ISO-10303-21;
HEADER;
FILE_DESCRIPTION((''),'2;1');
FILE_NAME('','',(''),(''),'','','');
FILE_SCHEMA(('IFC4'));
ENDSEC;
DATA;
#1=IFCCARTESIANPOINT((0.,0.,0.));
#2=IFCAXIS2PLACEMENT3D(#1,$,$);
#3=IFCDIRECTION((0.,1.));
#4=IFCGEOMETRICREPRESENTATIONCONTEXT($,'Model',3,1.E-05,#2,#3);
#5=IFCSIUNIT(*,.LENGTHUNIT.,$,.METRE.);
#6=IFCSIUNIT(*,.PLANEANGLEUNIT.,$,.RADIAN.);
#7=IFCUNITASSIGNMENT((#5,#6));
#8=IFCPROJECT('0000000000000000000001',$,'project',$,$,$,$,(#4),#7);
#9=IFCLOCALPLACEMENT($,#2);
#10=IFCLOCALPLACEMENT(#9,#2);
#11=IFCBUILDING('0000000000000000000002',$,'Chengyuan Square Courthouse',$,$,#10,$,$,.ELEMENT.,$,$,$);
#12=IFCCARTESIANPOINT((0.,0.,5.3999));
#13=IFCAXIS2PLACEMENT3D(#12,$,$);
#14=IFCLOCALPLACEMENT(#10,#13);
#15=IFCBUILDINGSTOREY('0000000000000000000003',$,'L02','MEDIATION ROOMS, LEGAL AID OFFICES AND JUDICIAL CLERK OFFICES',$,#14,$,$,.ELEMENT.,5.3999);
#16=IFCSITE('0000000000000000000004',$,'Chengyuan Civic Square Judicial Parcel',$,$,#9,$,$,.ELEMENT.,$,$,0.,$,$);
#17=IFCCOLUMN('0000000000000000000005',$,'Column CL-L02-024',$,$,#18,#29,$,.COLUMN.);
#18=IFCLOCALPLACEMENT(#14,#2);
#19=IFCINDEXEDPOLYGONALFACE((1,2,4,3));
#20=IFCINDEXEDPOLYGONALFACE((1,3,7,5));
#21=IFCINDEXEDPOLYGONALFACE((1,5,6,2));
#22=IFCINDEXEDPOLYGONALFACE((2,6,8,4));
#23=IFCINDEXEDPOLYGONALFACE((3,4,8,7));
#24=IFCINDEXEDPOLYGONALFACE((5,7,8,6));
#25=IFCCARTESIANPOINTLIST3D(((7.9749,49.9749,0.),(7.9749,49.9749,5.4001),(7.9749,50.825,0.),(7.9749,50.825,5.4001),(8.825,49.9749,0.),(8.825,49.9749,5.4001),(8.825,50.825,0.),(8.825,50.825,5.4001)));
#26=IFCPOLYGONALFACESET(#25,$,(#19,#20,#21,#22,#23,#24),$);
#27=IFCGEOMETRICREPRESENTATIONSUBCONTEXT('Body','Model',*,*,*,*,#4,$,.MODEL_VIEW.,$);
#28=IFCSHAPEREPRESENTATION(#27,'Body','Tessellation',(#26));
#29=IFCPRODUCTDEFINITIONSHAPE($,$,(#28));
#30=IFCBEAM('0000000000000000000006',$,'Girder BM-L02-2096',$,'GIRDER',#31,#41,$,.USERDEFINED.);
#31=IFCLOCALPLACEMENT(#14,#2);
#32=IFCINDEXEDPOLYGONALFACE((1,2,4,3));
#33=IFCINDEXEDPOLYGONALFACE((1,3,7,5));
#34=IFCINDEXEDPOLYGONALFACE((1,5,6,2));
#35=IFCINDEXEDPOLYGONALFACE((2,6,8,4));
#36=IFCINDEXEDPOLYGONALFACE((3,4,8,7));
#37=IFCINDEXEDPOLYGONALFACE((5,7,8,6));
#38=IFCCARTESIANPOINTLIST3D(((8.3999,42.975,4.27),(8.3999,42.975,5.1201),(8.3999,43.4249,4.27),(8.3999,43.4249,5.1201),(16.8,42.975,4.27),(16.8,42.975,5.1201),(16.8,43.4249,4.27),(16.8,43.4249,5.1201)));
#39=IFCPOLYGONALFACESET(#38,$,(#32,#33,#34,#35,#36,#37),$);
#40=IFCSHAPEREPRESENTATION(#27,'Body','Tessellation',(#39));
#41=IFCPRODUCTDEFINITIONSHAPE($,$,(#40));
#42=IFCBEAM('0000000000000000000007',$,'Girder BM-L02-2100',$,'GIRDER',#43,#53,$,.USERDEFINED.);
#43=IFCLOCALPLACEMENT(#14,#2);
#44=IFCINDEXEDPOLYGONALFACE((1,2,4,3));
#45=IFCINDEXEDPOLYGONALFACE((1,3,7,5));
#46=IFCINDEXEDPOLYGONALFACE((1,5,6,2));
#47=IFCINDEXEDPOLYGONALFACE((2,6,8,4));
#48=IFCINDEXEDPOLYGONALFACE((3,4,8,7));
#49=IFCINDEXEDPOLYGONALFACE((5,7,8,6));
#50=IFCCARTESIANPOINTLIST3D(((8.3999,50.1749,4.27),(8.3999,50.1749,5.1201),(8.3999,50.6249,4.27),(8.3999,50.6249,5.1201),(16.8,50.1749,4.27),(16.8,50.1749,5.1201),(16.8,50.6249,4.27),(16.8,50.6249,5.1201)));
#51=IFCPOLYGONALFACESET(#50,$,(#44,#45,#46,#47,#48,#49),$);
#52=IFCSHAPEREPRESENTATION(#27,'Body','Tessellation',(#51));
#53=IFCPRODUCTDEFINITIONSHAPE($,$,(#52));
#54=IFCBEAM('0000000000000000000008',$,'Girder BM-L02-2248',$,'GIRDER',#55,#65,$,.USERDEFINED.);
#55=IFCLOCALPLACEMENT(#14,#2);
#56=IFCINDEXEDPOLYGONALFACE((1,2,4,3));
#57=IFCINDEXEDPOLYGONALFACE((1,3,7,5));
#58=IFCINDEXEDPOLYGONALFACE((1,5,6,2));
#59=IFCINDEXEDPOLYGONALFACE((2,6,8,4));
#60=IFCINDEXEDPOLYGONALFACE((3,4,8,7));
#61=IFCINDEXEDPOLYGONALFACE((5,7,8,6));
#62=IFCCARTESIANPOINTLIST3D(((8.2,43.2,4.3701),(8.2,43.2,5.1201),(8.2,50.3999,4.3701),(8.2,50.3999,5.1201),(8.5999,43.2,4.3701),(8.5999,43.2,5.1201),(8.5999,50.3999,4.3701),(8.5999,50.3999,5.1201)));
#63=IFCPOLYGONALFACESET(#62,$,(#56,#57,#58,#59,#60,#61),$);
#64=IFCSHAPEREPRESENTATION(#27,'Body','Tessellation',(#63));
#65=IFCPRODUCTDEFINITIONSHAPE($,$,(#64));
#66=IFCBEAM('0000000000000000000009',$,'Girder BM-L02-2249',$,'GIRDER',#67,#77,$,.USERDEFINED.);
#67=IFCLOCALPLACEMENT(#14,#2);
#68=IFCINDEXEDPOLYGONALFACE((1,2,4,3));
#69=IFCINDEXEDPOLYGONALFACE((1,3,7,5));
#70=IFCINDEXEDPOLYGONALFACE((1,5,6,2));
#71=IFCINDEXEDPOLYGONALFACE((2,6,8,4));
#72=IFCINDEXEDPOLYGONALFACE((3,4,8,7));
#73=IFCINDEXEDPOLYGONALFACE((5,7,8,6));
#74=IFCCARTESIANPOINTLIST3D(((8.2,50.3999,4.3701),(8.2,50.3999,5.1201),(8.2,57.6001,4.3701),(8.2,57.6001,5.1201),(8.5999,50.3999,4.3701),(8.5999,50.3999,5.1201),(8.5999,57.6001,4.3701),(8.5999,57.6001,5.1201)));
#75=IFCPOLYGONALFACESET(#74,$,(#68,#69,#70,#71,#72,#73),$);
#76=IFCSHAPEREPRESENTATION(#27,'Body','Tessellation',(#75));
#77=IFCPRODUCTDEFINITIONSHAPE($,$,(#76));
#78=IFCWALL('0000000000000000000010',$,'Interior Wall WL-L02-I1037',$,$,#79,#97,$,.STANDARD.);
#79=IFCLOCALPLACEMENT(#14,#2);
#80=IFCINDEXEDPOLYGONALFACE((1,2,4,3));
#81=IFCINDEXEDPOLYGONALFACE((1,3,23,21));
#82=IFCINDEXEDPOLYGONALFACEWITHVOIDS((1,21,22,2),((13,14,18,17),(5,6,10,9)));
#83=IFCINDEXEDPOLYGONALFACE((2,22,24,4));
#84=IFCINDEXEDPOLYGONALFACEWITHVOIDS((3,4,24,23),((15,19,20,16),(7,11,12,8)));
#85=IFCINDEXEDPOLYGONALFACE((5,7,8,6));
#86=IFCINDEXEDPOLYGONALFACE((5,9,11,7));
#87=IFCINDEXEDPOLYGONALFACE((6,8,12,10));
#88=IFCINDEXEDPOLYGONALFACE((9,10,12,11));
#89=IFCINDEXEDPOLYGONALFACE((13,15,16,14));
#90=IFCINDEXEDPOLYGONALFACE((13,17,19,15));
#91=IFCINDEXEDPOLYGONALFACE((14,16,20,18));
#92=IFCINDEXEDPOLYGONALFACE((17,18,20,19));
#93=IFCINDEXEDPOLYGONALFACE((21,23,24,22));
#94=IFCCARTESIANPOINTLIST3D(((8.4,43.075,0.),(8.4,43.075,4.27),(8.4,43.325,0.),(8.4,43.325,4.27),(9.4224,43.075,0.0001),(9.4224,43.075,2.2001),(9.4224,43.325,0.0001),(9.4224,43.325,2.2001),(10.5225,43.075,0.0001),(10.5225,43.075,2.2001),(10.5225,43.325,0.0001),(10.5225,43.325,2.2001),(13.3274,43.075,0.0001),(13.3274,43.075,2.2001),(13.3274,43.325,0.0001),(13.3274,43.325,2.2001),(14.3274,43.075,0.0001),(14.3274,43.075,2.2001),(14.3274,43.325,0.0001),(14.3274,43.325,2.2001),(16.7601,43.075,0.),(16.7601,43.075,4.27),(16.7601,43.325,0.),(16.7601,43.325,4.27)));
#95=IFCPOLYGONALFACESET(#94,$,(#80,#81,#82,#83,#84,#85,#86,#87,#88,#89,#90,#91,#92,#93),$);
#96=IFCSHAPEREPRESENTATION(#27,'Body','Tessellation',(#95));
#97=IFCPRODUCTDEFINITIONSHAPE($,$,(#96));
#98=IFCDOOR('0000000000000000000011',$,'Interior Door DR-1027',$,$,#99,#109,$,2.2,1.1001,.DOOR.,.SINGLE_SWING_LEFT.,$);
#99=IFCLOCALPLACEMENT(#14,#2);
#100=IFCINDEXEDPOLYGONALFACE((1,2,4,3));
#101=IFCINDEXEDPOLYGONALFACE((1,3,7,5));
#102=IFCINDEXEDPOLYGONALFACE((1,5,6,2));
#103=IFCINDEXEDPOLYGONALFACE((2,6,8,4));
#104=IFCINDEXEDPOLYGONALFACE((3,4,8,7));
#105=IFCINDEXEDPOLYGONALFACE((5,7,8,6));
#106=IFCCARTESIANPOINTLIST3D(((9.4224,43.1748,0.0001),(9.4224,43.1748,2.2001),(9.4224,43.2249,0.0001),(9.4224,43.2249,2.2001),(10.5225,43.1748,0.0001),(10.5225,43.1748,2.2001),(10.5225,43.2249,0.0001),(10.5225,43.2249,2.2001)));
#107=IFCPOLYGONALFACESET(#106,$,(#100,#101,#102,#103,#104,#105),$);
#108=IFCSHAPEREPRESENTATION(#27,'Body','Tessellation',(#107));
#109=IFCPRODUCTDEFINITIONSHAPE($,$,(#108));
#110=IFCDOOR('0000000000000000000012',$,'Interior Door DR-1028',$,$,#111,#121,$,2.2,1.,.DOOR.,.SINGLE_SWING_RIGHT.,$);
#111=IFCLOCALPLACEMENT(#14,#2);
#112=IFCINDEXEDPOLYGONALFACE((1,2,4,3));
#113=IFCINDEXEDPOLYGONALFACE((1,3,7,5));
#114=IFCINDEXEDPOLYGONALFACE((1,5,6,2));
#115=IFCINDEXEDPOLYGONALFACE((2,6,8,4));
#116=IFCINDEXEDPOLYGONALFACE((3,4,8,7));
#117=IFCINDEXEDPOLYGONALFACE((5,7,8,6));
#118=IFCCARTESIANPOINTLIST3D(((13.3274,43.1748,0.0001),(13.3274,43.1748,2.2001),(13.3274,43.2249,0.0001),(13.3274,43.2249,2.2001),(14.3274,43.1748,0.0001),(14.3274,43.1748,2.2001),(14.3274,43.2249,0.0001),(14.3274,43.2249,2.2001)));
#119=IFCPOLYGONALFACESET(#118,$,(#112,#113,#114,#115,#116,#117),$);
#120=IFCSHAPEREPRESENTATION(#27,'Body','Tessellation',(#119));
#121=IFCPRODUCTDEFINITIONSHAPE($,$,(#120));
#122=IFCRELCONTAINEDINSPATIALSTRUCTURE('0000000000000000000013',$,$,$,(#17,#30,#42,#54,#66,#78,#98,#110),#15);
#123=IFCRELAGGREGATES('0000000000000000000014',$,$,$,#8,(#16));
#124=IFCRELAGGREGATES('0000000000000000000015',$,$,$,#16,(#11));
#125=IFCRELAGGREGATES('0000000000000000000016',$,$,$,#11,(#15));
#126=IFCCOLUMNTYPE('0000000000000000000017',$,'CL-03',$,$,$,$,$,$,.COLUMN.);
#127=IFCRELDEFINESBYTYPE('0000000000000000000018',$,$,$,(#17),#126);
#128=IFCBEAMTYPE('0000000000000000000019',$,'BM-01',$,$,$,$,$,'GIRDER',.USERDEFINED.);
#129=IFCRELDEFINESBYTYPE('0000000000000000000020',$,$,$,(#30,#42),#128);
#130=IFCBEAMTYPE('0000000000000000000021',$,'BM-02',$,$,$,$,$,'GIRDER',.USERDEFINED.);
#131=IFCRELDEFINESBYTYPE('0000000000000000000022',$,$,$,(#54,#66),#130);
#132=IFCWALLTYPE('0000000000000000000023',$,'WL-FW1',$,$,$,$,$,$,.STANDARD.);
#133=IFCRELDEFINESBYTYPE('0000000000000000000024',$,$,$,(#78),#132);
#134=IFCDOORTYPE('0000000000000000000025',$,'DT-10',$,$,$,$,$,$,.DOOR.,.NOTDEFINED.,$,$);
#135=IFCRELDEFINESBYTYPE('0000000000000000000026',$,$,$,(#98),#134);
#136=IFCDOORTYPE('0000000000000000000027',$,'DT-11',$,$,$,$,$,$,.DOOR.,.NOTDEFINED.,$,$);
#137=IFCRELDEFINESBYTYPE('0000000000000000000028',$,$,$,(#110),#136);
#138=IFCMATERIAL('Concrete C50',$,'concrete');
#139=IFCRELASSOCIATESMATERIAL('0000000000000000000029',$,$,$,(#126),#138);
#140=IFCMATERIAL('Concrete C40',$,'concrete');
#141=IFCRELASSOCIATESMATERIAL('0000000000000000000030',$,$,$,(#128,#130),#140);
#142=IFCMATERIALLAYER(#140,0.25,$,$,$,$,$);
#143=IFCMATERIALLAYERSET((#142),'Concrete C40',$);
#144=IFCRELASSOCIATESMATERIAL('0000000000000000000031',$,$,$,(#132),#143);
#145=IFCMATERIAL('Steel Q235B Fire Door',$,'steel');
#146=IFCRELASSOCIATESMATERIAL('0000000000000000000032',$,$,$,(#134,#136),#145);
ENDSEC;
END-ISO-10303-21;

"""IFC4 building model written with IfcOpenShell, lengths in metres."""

from ifc_helpers import new_model, si_unit, direction, frame, frame_2d, origin, origin_2d, place, context, subcontext, project, spatial, rectangle, extrude, material, layer, layer_set, material_profile, profile_set, type_object, element, fill, save


model = new_model("IFC4")

# Units and contexts
model_context = context("Model", 3, precision=1e-05, world=origin(), true_north=direction((0.0, 1.0)))
body_context = subcontext(model_context, "Body", "Model", "MODEL_VIEW")
ifc_project = project(units=[si_unit("LENGTHUNIT", "METRE"), si_unit("PLANEANGLEUNIT", "RADIAN")], contexts=[model_context])

# Site, building, storey
site_placement = place(None, origin())
site = spatial("IfcSite", under=ifc_project, at=site_placement, Name="Chengyuan Civic Square Judicial Parcel", CompositionType="ELEMENT", RefElevation=0.0)
building_placement = place(site_placement, origin())
building = spatial("IfcBuilding", under=site, at=building_placement, Name="Chengyuan Square Courthouse", CompositionType="ELEMENT")
storey_placement = place(building_placement, frame((0.0, 0.0, 5.3999)))
storey = spatial("IfcBuildingStorey", under=building, at=storey_placement, Name="L02", Description="MEDIATION ROOMS, LEGAL AID OFFICES AND JUDICIAL CLERK OFFICES", CompositionType="ELEMENT", Elevation=5.3999)

# Column
ifc_material_1 = material(Name="Concrete C50", Category="concrete")
ifc_material_profile_1 = material_profile(ifc_material_1, rectangle(XDim=0.8501, YDim=0.8501, at=origin_2d()), Name="RC-COL-850x850")
ifc_profile_set_1 = profile_set([ifc_material_profile_1], Name="Concrete C50")
column_type = type_object("IfcColumnType", Name="CL-03", PredefinedType="COLUMN", material=ifc_profile_set_1)
column_placement = place(storey_placement, frame((8.3999, 50.3999, 0.0), z_axis=(0.0, 0.0, 1.0), x_axis=(1.0, 0.0, 0.0)))
element("IfcColumn", 1, at=column_placement, inside=storey, type_object=column_type, Name="Column CL-L02-024", PredefinedType="COLUMN", context=body_context, shape_type="SweptSolid", body=[
    extrude(rectangle(XDim=0.8501, YDim=0.8501, at=origin_2d()), origin(), (0.0, 0.0, 1.0), 5.4001),
])

# Beams
ifc_material_2 = material(Name="Concrete C40", Category="concrete")
ifc_material_profile_2 = material_profile(ifc_material_2, rectangle(XDim=0.45, YDim=0.8501, at=origin_2d()), Name="RC-BM-450x850")
ifc_profile_set_2 = profile_set([ifc_material_profile_2], Name="Concrete C40")
beam_type_1 = type_object("IfcBeamType", Name="BM-01", ElementType="GIRDER", PredefinedType="USERDEFINED", material=ifc_profile_set_2)
for number, where, z_axis, x_axis, name in (
    (2, (8.3999, 43.2, 4.6951), (1.0, 0.0, 0.0), (0.0, 1.0, 0.0), "Girder BM-L02-2096"),
    (3, (8.3999, 50.3999, 4.6951), (1.0, 0.0, 0.0), (0.0, 1.0, 0.0), "Girder BM-L02-2100"),
):
    element("IfcBeam", number, at=place(storey_placement, frame(where, z_axis=z_axis, x_axis=x_axis)), inside=storey, type_object=beam_type_1, Name=name, ObjectType="GIRDER", PredefinedType="USERDEFINED", context=body_context, shape_type="SweptSolid", body=[
        extrude(rectangle(XDim=0.45, YDim=0.8501, at=origin_2d()), origin(), (0.0, 0.0, 1.0), 8.4001),
    ])
ifc_material_profile_3 = material_profile(ifc_material_2, rectangle(XDim=0.3999, YDim=0.75, at=origin_2d()), Name="RC-BM-400x750")
ifc_profile_set_3 = profile_set([ifc_material_profile_3], Name="Concrete C40")
beam_type_2 = type_object("IfcBeamType", Name="BM-02", ElementType="GIRDER", PredefinedType="USERDEFINED", material=ifc_profile_set_3)
beam_1_placement = place(storey_placement, frame((8.3999, 43.2, 4.7451), z_axis=(0.0, 1.0, 0.0), x_axis=(-1.0, 0.0, 0.0)))
element("IfcBeam", 4, at=beam_1_placement, inside=storey, type_object=beam_type_2, Name="Girder BM-L02-2248", ObjectType="GIRDER", PredefinedType="USERDEFINED", context=body_context, shape_type="SweptSolid", body=[
    extrude(rectangle(XDim=0.3999, YDim=0.75, at=origin_2d()), origin(), (0.0, 0.0, 1.0), 7.2),
])
beam_2_placement = place(storey_placement, frame((8.3999, 50.3999, 4.7451), z_axis=(0.0, 1.0, 0.0), x_axis=(-1.0, 0.0, 0.0)))
element("IfcBeam", 5, at=beam_2_placement, inside=storey, type_object=beam_type_2, Name="Girder BM-L02-2249", ObjectType="GIRDER", PredefinedType="USERDEFINED", context=body_context, shape_type="SweptSolid", body=[
    extrude(rectangle(XDim=0.3999, YDim=0.75, at=origin_2d()), origin(), (0.0, 0.0, 1.0), 7.2002),
])

# Wall, openings, doors
ifc_layer_1 = layer(ifc_material_2, 0.25)
ifc_layer_set_1 = layer_set([ifc_layer_1], Name="Concrete C40")
wall_type_1 = type_object("IfcWallType", Name="WL-FW1", PredefinedType="STANDARD", material=ifc_layer_set_1)
wall_1_placement = place(storey_placement, frame((8.3999, 43.2, 0.0), z_axis=(0.0, 0.0, 1.0), x_axis=(1.0, 0.0, 0.0)))
wall_1 = element("IfcWall", 6, at=wall_1_placement, inside=storey, type_object=wall_type_1, Name="Interior Wall WL-L02-I1037", PredefinedType="STANDARD", context=body_context, shape_type="SweptSolid", body=[
    extrude(rectangle(XDim=8.3601, YDim=0.25, at=frame_2d((4.1802, 0.0))), origin(), (0.0, 0.0, 1.0), 4.27),
])
opening_1_placement = place(wall_1_placement, frame((1.0225, 0.0, 0.0)))
opening_1 = element("IfcOpeningElement", 7, at=opening_1_placement, cuts=wall_1, PredefinedType="OPENING", context=body_context, shape_type="SweptSolid", body=[
    extrude(rectangle(XDim=1.1001, YDim=2.2, at=frame_2d((0.55, 1.1001))), frame((0.0, 0.137, 0.0), z_axis=(0.0, -1.0, 0.0), x_axis=(1.0, 0.0, 0.0)), (0.0, 0.0, 1.0), 0.2739),
])
opening_2_placement = place(wall_1_placement, frame((4.9275, 0.0, 0.0)))
opening_2 = element("IfcOpeningElement", 8, at=opening_2_placement, cuts=wall_1, PredefinedType="OPENING", context=body_context, shape_type="SweptSolid", body=[
    extrude(rectangle(XDim=1.0, YDim=2.2, at=frame_2d((0.5, 1.1001))), frame((0.0, 0.137, 0.0), z_axis=(0.0, -1.0, 0.0), x_axis=(1.0, 0.0, 0.0)), (0.0, 0.0, 1.0), 0.2739),
])
ifc_material_3 = material(Name="Steel Q235B Fire Door", Category="steel")
door_type_1 = type_object("IfcDoorType", Name="DT-10", OperationType="NOTDEFINED", PredefinedType="DOOR", material=ifc_material_3)
door_1_placement = place(opening_1_placement, origin())
door_1 = element("IfcDoor", 9, at=door_1_placement, inside=storey, type_object=door_type_1, Name="Interior Door DR-1027", OperationType="SINGLE_SWING_LEFT", OverallHeight=2.2, OverallWidth=1.1001, PredefinedType="DOOR", context=body_context, shape_type="SweptSolid", body=[
    extrude(rectangle(XDim=1.1001, YDim=2.2, at=frame_2d((0.55, 1.1001))), frame((0.0, 0.0249, 0.0), z_axis=(0.0, -1.0, 0.0), x_axis=(1.0, 0.0, 0.0)), (0.0, 0.0, 1.0), 0.05),
])
fill(opening_1, door_1)
door_type_2 = type_object("IfcDoorType", Name="DT-11", OperationType="NOTDEFINED", PredefinedType="DOOR", material=ifc_material_3)
door_2_placement = place(opening_2_placement, origin())
door_2 = element("IfcDoor", 10, at=door_2_placement, inside=storey, type_object=door_type_2, Name="Interior Door DR-1028", OperationType="SINGLE_SWING_RIGHT", OverallHeight=2.2, OverallWidth=1.0, PredefinedType="DOOR", context=body_context, shape_type="SweptSolid", body=[
    extrude(rectangle(XDim=1.0, YDim=2.2, at=frame_2d((0.5, 1.1001))), frame((0.0, 0.0249, 0.0), z_axis=(0.0, -1.0, 0.0), x_axis=(1.0, 0.0, 0.0)), (0.0, 0.0, 1.0), 0.05),
])
fill(opening_2, door_2)

save(model, "model.ifc")
